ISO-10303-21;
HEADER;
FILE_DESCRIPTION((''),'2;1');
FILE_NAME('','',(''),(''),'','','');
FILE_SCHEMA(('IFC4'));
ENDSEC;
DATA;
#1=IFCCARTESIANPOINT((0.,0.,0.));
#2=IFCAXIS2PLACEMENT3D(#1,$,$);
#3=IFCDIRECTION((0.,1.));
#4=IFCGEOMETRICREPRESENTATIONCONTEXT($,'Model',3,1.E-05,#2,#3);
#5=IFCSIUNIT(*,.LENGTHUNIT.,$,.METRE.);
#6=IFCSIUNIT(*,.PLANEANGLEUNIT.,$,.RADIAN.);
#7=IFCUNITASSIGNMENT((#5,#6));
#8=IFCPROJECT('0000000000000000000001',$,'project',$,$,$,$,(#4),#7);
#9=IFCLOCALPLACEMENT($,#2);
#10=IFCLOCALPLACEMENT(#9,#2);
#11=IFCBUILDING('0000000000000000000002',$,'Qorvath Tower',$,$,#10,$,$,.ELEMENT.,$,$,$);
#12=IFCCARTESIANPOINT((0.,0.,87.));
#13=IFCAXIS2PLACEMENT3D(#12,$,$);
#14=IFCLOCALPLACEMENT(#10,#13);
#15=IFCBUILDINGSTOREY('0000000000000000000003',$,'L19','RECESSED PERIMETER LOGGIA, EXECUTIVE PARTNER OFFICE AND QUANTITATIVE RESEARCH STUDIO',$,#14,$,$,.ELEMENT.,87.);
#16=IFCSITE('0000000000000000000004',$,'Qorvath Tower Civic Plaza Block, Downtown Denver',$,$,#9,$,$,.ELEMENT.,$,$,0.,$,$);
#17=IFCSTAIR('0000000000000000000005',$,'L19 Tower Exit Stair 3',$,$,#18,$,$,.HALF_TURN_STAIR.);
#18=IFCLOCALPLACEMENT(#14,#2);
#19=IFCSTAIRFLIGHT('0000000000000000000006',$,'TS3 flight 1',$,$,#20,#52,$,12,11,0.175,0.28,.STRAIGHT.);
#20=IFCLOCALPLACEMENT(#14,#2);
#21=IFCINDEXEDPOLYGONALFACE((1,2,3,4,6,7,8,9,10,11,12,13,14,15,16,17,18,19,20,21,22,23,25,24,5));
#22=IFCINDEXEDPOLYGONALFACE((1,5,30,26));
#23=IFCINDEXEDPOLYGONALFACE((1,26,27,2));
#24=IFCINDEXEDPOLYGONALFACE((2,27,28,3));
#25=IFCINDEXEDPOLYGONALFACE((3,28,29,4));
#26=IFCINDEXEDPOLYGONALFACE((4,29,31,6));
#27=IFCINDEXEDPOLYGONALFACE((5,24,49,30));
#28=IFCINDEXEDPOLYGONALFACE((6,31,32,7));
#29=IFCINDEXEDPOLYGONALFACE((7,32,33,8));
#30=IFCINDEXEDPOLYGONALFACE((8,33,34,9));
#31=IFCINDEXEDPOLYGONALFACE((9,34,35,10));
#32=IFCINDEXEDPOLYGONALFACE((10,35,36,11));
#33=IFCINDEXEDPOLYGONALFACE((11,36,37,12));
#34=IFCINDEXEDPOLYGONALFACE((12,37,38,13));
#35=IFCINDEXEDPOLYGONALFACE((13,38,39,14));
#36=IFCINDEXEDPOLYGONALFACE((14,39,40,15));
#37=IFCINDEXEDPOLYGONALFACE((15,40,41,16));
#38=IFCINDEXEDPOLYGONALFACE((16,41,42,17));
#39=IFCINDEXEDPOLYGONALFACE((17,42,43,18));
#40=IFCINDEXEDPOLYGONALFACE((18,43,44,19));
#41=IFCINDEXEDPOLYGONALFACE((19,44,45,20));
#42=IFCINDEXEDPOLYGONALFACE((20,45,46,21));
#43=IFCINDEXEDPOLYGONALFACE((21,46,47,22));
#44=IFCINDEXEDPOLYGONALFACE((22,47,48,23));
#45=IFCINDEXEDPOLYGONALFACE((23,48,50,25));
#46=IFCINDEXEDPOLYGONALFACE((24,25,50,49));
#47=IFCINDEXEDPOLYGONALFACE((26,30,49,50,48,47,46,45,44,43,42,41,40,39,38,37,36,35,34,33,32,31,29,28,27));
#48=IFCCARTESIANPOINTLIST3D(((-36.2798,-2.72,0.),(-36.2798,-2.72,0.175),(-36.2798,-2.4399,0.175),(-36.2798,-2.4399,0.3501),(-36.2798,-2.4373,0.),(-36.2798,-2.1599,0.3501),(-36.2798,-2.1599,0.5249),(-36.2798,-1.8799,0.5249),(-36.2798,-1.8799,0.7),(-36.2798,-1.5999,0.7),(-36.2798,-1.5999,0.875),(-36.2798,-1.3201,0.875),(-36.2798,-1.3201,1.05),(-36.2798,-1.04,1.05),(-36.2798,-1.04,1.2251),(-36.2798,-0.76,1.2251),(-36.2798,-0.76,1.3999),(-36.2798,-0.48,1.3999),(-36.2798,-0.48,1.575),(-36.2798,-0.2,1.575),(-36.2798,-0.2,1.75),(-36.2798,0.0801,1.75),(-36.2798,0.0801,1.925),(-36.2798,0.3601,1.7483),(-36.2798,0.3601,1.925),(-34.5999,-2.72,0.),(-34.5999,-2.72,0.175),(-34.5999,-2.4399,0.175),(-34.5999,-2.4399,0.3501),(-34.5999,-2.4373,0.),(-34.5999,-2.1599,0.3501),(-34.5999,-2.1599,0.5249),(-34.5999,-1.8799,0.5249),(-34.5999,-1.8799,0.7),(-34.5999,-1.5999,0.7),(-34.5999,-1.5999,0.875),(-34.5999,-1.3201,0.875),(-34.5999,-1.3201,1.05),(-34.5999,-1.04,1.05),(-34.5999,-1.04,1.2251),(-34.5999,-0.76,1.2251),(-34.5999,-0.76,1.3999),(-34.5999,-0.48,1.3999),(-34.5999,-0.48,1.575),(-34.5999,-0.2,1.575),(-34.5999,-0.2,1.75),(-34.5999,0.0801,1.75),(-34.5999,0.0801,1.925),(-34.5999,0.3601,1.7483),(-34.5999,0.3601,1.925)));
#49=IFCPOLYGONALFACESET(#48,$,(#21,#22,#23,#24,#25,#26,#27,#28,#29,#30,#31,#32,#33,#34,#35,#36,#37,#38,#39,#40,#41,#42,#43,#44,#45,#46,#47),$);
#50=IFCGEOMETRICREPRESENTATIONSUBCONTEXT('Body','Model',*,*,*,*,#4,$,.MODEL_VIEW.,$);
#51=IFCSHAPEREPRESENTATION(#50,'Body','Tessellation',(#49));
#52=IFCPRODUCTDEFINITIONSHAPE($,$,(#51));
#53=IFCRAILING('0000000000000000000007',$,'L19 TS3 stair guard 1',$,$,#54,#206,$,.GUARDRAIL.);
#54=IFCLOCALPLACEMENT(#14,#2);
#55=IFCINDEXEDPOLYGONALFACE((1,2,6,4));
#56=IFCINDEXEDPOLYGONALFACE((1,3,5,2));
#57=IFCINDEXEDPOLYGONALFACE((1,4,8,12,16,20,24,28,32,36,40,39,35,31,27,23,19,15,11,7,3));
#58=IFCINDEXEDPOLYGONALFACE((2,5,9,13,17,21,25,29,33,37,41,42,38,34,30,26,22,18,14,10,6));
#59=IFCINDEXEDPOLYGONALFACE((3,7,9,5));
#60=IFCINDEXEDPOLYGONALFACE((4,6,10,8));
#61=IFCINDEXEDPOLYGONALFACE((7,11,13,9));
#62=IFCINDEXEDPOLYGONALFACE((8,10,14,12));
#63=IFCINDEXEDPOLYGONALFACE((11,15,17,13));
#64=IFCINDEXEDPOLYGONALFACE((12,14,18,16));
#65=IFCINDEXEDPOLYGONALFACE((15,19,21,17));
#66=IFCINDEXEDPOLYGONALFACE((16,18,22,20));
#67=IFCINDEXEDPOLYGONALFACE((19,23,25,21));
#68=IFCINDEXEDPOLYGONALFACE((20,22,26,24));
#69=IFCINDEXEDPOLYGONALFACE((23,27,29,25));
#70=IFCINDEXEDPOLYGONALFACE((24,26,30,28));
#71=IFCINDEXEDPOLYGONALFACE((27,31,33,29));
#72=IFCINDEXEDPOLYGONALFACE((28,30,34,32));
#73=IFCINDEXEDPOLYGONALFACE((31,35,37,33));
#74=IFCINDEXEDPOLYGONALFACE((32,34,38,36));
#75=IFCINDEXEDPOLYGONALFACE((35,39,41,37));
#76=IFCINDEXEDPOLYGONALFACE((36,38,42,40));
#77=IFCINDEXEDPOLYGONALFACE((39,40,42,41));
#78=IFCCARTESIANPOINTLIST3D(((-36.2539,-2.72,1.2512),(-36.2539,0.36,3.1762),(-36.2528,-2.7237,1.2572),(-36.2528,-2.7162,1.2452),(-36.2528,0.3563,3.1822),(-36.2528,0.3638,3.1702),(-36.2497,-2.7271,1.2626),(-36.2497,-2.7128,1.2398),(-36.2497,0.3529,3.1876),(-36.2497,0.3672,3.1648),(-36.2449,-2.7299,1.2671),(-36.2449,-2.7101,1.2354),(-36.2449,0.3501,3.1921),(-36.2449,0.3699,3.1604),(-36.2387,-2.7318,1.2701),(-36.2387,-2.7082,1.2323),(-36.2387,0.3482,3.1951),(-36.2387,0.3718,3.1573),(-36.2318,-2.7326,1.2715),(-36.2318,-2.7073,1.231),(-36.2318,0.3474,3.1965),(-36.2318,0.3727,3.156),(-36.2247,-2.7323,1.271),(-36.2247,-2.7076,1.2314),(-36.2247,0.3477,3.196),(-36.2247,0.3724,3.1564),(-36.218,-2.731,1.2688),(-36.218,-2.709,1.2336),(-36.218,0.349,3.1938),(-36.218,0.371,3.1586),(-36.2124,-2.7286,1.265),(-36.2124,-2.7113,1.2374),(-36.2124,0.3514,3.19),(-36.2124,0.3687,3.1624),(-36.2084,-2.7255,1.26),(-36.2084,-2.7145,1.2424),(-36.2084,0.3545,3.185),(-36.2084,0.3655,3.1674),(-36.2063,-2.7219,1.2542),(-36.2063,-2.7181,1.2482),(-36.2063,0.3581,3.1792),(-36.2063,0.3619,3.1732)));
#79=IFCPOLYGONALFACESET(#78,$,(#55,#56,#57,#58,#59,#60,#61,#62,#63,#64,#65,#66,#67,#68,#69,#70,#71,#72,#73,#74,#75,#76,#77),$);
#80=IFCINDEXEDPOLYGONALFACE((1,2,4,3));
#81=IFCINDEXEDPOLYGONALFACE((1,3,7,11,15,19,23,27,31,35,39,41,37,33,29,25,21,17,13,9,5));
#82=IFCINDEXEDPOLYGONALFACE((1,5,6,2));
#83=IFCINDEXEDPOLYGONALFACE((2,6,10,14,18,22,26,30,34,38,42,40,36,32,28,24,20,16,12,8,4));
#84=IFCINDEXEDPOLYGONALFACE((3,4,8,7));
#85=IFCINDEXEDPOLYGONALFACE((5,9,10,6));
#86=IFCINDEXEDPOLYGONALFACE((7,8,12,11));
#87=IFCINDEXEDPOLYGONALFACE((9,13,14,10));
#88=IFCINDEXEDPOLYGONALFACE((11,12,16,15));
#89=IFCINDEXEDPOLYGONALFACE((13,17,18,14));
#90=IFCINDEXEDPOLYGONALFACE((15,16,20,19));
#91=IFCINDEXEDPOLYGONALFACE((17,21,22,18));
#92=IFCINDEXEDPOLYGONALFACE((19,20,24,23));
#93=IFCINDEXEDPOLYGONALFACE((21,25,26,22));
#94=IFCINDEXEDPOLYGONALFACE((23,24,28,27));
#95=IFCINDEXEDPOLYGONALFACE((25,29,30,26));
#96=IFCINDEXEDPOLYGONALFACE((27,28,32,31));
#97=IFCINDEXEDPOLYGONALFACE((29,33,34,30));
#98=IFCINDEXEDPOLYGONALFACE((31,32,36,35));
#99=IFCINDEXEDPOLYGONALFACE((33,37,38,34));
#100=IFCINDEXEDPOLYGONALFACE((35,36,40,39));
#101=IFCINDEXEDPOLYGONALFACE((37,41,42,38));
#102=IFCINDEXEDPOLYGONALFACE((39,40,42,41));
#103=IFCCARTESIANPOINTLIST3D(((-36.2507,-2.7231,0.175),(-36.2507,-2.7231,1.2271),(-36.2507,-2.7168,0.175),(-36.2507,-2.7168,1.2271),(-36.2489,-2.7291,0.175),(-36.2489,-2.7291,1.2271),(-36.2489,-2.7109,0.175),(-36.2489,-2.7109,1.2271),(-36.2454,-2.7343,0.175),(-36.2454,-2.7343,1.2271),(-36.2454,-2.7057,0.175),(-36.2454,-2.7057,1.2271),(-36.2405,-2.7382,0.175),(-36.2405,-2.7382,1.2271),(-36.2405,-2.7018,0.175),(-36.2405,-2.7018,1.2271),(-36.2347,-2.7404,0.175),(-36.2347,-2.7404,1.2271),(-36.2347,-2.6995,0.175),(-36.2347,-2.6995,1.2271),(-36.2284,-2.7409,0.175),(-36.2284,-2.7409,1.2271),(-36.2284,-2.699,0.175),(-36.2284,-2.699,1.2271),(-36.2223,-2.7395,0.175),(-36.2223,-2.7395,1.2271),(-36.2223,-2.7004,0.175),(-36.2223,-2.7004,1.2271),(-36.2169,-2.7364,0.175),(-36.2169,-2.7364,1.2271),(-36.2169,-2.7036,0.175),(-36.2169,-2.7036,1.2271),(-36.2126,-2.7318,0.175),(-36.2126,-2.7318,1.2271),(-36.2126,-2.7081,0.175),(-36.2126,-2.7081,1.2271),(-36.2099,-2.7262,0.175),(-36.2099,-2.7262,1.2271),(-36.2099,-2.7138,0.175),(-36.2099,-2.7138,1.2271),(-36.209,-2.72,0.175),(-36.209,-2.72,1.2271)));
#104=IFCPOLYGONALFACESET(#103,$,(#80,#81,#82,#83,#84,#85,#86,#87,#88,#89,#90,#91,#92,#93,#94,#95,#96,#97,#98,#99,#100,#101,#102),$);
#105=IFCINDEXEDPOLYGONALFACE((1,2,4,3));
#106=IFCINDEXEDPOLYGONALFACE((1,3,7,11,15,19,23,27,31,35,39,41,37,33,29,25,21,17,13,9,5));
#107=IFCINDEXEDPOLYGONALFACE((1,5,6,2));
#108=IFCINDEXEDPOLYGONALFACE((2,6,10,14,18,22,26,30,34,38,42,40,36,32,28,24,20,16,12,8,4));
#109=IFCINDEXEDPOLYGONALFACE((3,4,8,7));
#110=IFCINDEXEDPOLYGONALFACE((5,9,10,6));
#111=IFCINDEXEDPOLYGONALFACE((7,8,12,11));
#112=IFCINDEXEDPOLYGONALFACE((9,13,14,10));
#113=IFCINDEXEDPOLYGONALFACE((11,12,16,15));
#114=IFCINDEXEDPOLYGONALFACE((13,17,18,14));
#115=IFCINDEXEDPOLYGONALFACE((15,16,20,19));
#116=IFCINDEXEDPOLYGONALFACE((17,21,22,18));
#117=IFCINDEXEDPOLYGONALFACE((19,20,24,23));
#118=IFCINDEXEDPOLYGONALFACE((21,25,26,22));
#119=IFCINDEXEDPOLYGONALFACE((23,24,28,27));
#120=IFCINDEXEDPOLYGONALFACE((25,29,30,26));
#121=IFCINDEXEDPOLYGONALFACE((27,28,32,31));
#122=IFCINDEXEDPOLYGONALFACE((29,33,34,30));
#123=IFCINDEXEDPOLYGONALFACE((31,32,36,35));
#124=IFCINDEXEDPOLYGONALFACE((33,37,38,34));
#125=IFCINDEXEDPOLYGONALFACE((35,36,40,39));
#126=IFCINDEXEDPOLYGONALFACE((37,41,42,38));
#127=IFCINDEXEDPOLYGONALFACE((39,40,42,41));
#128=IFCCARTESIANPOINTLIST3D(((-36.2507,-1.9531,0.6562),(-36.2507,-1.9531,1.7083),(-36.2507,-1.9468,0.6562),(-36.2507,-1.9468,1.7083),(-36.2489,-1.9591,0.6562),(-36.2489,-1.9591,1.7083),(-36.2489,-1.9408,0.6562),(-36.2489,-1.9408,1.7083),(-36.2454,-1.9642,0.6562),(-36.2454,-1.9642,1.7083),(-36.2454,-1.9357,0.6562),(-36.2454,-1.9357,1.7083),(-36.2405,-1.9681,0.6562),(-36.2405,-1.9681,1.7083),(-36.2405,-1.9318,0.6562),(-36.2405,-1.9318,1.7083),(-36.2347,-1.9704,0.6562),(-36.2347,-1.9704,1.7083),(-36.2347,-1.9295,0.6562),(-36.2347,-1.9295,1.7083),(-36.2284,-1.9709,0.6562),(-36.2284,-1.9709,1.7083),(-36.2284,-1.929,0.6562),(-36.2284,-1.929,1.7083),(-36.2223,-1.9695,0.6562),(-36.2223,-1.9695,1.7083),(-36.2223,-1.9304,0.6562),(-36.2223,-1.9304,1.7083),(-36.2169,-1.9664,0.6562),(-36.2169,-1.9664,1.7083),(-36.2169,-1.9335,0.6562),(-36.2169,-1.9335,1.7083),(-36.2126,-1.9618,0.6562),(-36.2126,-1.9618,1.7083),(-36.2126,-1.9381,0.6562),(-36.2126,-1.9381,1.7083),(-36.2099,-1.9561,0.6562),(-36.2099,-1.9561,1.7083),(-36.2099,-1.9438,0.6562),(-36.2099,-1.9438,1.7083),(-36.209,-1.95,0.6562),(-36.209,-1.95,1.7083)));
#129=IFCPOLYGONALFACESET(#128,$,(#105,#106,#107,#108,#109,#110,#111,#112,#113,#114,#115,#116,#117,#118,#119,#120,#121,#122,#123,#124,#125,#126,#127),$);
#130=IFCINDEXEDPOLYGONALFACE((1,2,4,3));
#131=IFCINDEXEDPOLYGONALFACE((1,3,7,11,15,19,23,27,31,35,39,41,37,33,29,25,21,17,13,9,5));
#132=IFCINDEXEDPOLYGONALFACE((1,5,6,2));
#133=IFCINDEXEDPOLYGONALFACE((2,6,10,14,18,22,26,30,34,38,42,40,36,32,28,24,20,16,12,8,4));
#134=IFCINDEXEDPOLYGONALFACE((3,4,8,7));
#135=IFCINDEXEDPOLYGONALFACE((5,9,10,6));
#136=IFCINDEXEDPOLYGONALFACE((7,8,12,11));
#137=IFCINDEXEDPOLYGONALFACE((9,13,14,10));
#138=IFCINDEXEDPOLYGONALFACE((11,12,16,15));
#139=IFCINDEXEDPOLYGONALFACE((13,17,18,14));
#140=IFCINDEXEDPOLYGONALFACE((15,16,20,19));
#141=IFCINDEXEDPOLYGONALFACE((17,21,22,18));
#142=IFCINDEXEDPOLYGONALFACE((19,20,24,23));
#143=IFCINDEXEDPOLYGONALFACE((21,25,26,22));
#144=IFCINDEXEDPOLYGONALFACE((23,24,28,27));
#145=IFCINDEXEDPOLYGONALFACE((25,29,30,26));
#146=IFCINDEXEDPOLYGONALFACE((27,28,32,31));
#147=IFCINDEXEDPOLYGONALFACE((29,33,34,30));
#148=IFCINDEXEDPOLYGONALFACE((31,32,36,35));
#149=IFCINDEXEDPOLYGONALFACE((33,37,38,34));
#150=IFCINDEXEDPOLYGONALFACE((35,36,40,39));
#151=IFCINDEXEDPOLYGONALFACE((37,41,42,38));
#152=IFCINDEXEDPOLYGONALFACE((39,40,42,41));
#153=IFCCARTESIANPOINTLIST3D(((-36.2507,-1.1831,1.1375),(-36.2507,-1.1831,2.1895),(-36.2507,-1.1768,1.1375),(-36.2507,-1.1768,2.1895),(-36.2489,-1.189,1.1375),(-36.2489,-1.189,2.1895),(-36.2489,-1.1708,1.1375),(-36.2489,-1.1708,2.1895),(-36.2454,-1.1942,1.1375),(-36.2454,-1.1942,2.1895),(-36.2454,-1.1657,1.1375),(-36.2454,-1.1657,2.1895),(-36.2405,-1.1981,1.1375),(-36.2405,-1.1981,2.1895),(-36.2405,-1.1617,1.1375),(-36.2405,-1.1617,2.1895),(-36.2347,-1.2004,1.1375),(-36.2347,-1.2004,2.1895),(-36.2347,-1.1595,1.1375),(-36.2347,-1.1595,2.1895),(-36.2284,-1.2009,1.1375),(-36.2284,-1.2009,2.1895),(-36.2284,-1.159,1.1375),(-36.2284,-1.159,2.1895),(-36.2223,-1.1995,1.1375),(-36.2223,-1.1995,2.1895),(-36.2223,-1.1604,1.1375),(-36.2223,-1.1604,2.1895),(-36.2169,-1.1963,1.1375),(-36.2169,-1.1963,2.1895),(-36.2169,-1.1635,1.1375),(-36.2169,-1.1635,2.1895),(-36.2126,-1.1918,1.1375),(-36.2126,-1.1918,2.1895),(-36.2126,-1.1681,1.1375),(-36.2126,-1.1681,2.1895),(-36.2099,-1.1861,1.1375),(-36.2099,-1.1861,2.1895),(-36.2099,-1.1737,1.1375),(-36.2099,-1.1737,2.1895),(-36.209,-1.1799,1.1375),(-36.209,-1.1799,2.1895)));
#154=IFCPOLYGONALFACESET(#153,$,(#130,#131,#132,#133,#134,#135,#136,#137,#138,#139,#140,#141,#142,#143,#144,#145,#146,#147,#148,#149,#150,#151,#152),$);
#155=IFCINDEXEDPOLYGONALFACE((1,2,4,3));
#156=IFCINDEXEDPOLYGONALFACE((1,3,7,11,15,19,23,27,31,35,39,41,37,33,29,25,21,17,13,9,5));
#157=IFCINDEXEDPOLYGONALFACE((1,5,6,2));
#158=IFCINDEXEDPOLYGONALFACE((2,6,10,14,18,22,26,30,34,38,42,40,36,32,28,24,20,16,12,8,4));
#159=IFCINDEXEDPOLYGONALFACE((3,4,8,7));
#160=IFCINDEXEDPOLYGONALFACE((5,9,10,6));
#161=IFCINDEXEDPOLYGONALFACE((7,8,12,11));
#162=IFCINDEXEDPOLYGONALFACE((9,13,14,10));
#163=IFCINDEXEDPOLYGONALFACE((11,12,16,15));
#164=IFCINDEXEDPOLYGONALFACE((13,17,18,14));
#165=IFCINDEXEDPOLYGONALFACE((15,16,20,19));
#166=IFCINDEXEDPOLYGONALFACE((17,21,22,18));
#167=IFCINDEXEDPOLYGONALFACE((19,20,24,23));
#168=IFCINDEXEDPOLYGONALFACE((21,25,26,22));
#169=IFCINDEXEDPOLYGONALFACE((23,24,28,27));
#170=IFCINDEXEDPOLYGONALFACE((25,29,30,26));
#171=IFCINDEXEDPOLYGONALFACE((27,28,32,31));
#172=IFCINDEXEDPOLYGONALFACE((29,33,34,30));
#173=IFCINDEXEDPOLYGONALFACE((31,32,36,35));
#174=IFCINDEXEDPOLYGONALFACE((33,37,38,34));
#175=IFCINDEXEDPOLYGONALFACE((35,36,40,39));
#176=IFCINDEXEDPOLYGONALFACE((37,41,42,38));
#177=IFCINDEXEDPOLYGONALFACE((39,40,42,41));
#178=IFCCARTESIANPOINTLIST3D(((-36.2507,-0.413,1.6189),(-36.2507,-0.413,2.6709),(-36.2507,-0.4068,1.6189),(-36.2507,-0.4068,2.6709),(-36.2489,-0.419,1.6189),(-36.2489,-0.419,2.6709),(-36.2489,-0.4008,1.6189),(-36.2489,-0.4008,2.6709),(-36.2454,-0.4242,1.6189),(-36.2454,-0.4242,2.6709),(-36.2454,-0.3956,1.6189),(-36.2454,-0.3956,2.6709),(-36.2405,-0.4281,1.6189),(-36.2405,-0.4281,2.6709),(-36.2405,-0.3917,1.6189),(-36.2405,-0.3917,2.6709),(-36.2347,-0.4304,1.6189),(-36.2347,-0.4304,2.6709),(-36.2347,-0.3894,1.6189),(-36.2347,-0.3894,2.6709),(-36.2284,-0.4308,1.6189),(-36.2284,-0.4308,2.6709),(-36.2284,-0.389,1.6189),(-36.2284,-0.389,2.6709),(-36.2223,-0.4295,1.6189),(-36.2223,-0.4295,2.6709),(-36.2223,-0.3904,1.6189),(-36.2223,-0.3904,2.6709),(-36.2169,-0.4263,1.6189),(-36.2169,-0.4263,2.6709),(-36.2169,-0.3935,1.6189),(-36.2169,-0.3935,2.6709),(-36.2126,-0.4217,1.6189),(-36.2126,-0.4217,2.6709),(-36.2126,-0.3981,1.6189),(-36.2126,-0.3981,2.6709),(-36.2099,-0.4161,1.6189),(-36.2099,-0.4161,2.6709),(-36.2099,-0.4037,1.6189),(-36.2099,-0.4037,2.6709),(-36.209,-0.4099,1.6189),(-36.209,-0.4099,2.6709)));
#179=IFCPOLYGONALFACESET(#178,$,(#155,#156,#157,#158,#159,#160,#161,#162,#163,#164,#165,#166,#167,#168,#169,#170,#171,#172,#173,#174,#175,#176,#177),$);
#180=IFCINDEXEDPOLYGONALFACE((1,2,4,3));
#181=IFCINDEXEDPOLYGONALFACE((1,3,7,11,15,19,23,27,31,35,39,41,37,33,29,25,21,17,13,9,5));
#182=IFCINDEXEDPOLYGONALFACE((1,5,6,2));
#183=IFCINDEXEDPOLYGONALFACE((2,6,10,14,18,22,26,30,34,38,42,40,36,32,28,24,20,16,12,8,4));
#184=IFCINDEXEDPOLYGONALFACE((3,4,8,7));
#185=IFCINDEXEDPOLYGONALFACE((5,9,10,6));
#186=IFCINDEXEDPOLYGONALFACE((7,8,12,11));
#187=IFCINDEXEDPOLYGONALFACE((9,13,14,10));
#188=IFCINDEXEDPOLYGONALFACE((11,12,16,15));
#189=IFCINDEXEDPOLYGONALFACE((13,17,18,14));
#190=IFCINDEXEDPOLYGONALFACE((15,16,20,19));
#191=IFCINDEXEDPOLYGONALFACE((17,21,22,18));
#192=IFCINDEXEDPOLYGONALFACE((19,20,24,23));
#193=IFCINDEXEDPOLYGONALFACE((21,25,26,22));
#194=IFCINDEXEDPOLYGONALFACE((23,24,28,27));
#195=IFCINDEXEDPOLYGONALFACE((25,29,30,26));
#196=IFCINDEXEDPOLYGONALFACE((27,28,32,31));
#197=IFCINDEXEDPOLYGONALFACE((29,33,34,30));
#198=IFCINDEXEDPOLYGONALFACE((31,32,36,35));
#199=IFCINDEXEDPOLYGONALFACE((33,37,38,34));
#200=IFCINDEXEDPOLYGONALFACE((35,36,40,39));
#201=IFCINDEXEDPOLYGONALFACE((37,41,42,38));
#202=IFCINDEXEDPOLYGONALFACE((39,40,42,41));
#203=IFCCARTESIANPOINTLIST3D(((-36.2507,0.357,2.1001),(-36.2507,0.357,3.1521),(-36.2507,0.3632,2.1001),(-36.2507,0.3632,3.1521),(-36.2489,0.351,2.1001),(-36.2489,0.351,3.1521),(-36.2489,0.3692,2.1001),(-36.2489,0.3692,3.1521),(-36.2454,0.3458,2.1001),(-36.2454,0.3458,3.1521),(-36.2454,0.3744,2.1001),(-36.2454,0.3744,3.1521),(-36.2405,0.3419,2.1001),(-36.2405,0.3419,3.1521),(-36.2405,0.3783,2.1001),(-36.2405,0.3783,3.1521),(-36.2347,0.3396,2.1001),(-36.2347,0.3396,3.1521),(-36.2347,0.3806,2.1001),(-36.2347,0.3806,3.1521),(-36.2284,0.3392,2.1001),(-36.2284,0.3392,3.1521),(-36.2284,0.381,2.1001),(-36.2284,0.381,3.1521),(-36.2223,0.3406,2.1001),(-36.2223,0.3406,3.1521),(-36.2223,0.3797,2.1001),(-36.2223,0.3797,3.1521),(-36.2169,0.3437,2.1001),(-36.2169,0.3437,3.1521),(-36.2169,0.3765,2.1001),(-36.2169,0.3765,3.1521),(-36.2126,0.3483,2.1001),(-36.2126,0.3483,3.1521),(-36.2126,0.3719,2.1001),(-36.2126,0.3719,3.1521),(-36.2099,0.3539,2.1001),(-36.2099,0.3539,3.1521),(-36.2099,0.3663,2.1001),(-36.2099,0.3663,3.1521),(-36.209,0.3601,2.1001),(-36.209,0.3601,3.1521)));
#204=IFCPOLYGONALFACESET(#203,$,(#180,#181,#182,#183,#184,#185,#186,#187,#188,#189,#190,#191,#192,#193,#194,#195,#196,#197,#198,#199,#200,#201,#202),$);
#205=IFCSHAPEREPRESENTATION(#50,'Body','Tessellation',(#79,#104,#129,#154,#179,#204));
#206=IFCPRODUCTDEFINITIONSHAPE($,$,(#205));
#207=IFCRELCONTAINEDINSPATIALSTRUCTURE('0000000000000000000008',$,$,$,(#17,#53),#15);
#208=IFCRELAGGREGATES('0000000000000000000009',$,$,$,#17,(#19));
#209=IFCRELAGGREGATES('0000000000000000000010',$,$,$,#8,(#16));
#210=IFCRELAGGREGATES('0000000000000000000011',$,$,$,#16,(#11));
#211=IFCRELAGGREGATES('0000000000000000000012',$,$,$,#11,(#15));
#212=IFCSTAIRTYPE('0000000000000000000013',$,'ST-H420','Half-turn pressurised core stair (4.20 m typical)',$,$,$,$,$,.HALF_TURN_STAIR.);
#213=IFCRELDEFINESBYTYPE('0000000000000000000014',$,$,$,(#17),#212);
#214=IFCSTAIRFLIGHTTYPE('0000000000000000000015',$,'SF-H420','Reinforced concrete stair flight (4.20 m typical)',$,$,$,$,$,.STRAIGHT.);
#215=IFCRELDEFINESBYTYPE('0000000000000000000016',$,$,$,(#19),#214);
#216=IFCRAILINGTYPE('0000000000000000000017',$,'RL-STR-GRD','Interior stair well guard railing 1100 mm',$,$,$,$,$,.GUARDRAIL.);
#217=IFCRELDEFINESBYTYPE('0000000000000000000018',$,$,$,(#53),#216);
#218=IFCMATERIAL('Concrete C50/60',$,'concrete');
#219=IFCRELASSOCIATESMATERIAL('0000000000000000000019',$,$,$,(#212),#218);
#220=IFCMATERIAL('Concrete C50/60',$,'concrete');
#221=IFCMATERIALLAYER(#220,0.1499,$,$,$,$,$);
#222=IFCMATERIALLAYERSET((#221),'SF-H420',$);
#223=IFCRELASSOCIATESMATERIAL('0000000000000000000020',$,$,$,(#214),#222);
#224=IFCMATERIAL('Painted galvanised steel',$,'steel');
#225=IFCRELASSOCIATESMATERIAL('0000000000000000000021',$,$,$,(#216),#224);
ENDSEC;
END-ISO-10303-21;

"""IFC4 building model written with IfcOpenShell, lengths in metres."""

from ifc_helpers import new_model, si_unit, direction, frame, origin, origin_2d, place, context, subcontext, project, spatial, polyline, circle, outline, extrude, material, layer, layer_set, type_object, element, aggregate, save


model = new_model("IFC4")

# Units and contexts
model_context = context("Model", 3, precision=1e-05, world=origin(), true_north=direction((0.0, 1.0)))
body_context = subcontext(model_context, "Body", "Model", "MODEL_VIEW")
ifc_project = project(units=[si_unit("LENGTHUNIT", "METRE"), si_unit("PLANEANGLEUNIT", "RADIAN")], contexts=[model_context])

# Site, building, storey
site_placement = place(None, origin())
site = spatial("IfcSite", under=ifc_project, at=site_placement, Name="Qorvath Tower Civic Plaza Block, Downtown Denver", CompositionType="ELEMENT", RefElevation=0.0)
building_placement = place(site_placement, origin())
building = spatial("IfcBuilding", under=site, at=building_placement, Name="Qorvath Tower", CompositionType="ELEMENT")
storey_placement = place(building_placement, frame((0.0, 0.0, 87.0)))
storey = spatial("IfcBuildingStorey", under=building, at=storey_placement, Name="L19", Description="RECESSED PERIMETER LOGGIA, EXECUTIVE PARTNER OFFICE AND QUANTITATIVE RESEARCH STUDIO", CompositionType="ELEMENT", Elevation=87.0)

# Stair, stair flight
ifc_material_1 = material(Name="Concrete C50/60", Category="concrete")
stair_type = type_object("IfcStairType", Name="ST-H420", Description="Half-turn pressurised core stair (4.20 m typical)", PredefinedType="HALF_TURN_STAIR", material=ifc_material_1)
stair_placement = place(storey_placement, origin())
stair = element("IfcStair", 1, at=stair_placement, inside=storey, type_object=stair_type, Name="L19 Tower Exit Stair 3", PredefinedType="HALF_TURN_STAIR")
ifc_material_2 = material(Name="Concrete C50/60", Category="concrete")
ifc_layer_1 = layer(ifc_material_2, 0.1499)
ifc_layer_set_1 = layer_set([ifc_layer_1], Name="SF-H420")
stair_flight_type = type_object("IfcStairFlightType", Name="SF-H420", Description="Reinforced concrete stair flight (4.20 m typical)", PredefinedType="STRAIGHT", material=ifc_layer_set_1)
stair_flight_placement = place(storey_placement, frame((-35.4399, -2.72, 0.0), z_axis=(0.0, 0.0, 1.0), x_axis=(0.0, 1.0, 0.0)))
stair_flight = element("IfcStairFlight", 2, at=stair_flight_placement, type_object=stair_flight_type, Name="TS3 flight 1", NumberOfRisers=12, NumberOfTreads=11, PredefinedType="STRAIGHT", RiserHeight=0.175, TreadLength=0.28, context=body_context, shape_type="SweptSolid", body=[
    extrude(outline(polyline([(0.0, 0.0), (0.0, 0.175), (0.28, 0.175), (0.28, 0.3501), (0.5601, 0.3501), (0.5601, 0.5249), (0.8401, 0.5249), (0.8401, 0.7), (1.1201, 0.7), (1.1201, 0.875), (1.3999, 0.875), (1.3999, 1.05), (1.6799, 1.05), (1.6799, 1.2251), (1.96, 1.2251), (1.96, 1.3999), (2.24, 1.3999), (2.24, 1.575), (2.52, 1.575), (2.52, 1.75), (2.8, 1.75), (2.8, 1.925), (3.0801, 1.925), (3.0801, 2.1001), (3.0801, 1.7483), (0.2827, 0.0), (0.0, 0.0)])), frame((0.0, 0.8398, 0.0), z_axis=(0.0, -1.0, 0.0), x_axis=(1.0, 0.0, 0.0)), (0.0, 0.0, 1.0), 1.6799),
])
aggregate(stair, [stair_flight])

# Railing
ifc_material_3 = material(Name="Painted galvanised steel", Category="steel")
railing_type_1 = type_object("IfcRailingType", Name="RL-STR-GRD", Description="Interior stair well guard railing 1100 mm", PredefinedType="GUARDRAIL", material=ifc_material_3)
railing_1_placement = place(storey_placement, frame((-36.23, -2.72, 0.175)))
element("IfcRailing", 3, at=railing_1_placement, inside=storey, type_object=railing_type_1, Name="L19 TS3 stair guard 1", PredefinedType="GUARDRAIL", context=body_context, shape_type="SweptSolid", body=[
    extrude(circle(Radius=0.0239, at=origin_2d()), frame((0.0, 0.0, 1.0762), z_axis=(0.0, 0.847998, 0.529999), x_axis=(-1.0, 0.0, 0.0)), (0.0, 0.0, 1.0), 3.6321),
    extrude(circle(Radius=0.021, at=origin_2d()), origin(), (0.0, 0.0, 1.0), 1.052),
    extrude(circle(Radius=0.021, at=origin_2d()), frame((0.0, 0.77, 0.4812)), (0.0, 0.0, 1.0), 1.052),
    extrude(circle(Radius=0.021, at=origin_2d()), frame((0.0, 1.54, 0.9624)), (0.0, 0.0, 1.0), 1.052),
    extrude(circle(Radius=0.021, at=origin_2d()), frame((0.0, 2.3101, 1.4438)), (0.0, 0.0, 1.0), 1.052),
    extrude(circle(Radius=0.021, at=origin_2d()), frame((0.0, 3.0801, 1.925)), (0.0, 0.0, 1.0), 1.052),
])

save(model, "model.ifc")
